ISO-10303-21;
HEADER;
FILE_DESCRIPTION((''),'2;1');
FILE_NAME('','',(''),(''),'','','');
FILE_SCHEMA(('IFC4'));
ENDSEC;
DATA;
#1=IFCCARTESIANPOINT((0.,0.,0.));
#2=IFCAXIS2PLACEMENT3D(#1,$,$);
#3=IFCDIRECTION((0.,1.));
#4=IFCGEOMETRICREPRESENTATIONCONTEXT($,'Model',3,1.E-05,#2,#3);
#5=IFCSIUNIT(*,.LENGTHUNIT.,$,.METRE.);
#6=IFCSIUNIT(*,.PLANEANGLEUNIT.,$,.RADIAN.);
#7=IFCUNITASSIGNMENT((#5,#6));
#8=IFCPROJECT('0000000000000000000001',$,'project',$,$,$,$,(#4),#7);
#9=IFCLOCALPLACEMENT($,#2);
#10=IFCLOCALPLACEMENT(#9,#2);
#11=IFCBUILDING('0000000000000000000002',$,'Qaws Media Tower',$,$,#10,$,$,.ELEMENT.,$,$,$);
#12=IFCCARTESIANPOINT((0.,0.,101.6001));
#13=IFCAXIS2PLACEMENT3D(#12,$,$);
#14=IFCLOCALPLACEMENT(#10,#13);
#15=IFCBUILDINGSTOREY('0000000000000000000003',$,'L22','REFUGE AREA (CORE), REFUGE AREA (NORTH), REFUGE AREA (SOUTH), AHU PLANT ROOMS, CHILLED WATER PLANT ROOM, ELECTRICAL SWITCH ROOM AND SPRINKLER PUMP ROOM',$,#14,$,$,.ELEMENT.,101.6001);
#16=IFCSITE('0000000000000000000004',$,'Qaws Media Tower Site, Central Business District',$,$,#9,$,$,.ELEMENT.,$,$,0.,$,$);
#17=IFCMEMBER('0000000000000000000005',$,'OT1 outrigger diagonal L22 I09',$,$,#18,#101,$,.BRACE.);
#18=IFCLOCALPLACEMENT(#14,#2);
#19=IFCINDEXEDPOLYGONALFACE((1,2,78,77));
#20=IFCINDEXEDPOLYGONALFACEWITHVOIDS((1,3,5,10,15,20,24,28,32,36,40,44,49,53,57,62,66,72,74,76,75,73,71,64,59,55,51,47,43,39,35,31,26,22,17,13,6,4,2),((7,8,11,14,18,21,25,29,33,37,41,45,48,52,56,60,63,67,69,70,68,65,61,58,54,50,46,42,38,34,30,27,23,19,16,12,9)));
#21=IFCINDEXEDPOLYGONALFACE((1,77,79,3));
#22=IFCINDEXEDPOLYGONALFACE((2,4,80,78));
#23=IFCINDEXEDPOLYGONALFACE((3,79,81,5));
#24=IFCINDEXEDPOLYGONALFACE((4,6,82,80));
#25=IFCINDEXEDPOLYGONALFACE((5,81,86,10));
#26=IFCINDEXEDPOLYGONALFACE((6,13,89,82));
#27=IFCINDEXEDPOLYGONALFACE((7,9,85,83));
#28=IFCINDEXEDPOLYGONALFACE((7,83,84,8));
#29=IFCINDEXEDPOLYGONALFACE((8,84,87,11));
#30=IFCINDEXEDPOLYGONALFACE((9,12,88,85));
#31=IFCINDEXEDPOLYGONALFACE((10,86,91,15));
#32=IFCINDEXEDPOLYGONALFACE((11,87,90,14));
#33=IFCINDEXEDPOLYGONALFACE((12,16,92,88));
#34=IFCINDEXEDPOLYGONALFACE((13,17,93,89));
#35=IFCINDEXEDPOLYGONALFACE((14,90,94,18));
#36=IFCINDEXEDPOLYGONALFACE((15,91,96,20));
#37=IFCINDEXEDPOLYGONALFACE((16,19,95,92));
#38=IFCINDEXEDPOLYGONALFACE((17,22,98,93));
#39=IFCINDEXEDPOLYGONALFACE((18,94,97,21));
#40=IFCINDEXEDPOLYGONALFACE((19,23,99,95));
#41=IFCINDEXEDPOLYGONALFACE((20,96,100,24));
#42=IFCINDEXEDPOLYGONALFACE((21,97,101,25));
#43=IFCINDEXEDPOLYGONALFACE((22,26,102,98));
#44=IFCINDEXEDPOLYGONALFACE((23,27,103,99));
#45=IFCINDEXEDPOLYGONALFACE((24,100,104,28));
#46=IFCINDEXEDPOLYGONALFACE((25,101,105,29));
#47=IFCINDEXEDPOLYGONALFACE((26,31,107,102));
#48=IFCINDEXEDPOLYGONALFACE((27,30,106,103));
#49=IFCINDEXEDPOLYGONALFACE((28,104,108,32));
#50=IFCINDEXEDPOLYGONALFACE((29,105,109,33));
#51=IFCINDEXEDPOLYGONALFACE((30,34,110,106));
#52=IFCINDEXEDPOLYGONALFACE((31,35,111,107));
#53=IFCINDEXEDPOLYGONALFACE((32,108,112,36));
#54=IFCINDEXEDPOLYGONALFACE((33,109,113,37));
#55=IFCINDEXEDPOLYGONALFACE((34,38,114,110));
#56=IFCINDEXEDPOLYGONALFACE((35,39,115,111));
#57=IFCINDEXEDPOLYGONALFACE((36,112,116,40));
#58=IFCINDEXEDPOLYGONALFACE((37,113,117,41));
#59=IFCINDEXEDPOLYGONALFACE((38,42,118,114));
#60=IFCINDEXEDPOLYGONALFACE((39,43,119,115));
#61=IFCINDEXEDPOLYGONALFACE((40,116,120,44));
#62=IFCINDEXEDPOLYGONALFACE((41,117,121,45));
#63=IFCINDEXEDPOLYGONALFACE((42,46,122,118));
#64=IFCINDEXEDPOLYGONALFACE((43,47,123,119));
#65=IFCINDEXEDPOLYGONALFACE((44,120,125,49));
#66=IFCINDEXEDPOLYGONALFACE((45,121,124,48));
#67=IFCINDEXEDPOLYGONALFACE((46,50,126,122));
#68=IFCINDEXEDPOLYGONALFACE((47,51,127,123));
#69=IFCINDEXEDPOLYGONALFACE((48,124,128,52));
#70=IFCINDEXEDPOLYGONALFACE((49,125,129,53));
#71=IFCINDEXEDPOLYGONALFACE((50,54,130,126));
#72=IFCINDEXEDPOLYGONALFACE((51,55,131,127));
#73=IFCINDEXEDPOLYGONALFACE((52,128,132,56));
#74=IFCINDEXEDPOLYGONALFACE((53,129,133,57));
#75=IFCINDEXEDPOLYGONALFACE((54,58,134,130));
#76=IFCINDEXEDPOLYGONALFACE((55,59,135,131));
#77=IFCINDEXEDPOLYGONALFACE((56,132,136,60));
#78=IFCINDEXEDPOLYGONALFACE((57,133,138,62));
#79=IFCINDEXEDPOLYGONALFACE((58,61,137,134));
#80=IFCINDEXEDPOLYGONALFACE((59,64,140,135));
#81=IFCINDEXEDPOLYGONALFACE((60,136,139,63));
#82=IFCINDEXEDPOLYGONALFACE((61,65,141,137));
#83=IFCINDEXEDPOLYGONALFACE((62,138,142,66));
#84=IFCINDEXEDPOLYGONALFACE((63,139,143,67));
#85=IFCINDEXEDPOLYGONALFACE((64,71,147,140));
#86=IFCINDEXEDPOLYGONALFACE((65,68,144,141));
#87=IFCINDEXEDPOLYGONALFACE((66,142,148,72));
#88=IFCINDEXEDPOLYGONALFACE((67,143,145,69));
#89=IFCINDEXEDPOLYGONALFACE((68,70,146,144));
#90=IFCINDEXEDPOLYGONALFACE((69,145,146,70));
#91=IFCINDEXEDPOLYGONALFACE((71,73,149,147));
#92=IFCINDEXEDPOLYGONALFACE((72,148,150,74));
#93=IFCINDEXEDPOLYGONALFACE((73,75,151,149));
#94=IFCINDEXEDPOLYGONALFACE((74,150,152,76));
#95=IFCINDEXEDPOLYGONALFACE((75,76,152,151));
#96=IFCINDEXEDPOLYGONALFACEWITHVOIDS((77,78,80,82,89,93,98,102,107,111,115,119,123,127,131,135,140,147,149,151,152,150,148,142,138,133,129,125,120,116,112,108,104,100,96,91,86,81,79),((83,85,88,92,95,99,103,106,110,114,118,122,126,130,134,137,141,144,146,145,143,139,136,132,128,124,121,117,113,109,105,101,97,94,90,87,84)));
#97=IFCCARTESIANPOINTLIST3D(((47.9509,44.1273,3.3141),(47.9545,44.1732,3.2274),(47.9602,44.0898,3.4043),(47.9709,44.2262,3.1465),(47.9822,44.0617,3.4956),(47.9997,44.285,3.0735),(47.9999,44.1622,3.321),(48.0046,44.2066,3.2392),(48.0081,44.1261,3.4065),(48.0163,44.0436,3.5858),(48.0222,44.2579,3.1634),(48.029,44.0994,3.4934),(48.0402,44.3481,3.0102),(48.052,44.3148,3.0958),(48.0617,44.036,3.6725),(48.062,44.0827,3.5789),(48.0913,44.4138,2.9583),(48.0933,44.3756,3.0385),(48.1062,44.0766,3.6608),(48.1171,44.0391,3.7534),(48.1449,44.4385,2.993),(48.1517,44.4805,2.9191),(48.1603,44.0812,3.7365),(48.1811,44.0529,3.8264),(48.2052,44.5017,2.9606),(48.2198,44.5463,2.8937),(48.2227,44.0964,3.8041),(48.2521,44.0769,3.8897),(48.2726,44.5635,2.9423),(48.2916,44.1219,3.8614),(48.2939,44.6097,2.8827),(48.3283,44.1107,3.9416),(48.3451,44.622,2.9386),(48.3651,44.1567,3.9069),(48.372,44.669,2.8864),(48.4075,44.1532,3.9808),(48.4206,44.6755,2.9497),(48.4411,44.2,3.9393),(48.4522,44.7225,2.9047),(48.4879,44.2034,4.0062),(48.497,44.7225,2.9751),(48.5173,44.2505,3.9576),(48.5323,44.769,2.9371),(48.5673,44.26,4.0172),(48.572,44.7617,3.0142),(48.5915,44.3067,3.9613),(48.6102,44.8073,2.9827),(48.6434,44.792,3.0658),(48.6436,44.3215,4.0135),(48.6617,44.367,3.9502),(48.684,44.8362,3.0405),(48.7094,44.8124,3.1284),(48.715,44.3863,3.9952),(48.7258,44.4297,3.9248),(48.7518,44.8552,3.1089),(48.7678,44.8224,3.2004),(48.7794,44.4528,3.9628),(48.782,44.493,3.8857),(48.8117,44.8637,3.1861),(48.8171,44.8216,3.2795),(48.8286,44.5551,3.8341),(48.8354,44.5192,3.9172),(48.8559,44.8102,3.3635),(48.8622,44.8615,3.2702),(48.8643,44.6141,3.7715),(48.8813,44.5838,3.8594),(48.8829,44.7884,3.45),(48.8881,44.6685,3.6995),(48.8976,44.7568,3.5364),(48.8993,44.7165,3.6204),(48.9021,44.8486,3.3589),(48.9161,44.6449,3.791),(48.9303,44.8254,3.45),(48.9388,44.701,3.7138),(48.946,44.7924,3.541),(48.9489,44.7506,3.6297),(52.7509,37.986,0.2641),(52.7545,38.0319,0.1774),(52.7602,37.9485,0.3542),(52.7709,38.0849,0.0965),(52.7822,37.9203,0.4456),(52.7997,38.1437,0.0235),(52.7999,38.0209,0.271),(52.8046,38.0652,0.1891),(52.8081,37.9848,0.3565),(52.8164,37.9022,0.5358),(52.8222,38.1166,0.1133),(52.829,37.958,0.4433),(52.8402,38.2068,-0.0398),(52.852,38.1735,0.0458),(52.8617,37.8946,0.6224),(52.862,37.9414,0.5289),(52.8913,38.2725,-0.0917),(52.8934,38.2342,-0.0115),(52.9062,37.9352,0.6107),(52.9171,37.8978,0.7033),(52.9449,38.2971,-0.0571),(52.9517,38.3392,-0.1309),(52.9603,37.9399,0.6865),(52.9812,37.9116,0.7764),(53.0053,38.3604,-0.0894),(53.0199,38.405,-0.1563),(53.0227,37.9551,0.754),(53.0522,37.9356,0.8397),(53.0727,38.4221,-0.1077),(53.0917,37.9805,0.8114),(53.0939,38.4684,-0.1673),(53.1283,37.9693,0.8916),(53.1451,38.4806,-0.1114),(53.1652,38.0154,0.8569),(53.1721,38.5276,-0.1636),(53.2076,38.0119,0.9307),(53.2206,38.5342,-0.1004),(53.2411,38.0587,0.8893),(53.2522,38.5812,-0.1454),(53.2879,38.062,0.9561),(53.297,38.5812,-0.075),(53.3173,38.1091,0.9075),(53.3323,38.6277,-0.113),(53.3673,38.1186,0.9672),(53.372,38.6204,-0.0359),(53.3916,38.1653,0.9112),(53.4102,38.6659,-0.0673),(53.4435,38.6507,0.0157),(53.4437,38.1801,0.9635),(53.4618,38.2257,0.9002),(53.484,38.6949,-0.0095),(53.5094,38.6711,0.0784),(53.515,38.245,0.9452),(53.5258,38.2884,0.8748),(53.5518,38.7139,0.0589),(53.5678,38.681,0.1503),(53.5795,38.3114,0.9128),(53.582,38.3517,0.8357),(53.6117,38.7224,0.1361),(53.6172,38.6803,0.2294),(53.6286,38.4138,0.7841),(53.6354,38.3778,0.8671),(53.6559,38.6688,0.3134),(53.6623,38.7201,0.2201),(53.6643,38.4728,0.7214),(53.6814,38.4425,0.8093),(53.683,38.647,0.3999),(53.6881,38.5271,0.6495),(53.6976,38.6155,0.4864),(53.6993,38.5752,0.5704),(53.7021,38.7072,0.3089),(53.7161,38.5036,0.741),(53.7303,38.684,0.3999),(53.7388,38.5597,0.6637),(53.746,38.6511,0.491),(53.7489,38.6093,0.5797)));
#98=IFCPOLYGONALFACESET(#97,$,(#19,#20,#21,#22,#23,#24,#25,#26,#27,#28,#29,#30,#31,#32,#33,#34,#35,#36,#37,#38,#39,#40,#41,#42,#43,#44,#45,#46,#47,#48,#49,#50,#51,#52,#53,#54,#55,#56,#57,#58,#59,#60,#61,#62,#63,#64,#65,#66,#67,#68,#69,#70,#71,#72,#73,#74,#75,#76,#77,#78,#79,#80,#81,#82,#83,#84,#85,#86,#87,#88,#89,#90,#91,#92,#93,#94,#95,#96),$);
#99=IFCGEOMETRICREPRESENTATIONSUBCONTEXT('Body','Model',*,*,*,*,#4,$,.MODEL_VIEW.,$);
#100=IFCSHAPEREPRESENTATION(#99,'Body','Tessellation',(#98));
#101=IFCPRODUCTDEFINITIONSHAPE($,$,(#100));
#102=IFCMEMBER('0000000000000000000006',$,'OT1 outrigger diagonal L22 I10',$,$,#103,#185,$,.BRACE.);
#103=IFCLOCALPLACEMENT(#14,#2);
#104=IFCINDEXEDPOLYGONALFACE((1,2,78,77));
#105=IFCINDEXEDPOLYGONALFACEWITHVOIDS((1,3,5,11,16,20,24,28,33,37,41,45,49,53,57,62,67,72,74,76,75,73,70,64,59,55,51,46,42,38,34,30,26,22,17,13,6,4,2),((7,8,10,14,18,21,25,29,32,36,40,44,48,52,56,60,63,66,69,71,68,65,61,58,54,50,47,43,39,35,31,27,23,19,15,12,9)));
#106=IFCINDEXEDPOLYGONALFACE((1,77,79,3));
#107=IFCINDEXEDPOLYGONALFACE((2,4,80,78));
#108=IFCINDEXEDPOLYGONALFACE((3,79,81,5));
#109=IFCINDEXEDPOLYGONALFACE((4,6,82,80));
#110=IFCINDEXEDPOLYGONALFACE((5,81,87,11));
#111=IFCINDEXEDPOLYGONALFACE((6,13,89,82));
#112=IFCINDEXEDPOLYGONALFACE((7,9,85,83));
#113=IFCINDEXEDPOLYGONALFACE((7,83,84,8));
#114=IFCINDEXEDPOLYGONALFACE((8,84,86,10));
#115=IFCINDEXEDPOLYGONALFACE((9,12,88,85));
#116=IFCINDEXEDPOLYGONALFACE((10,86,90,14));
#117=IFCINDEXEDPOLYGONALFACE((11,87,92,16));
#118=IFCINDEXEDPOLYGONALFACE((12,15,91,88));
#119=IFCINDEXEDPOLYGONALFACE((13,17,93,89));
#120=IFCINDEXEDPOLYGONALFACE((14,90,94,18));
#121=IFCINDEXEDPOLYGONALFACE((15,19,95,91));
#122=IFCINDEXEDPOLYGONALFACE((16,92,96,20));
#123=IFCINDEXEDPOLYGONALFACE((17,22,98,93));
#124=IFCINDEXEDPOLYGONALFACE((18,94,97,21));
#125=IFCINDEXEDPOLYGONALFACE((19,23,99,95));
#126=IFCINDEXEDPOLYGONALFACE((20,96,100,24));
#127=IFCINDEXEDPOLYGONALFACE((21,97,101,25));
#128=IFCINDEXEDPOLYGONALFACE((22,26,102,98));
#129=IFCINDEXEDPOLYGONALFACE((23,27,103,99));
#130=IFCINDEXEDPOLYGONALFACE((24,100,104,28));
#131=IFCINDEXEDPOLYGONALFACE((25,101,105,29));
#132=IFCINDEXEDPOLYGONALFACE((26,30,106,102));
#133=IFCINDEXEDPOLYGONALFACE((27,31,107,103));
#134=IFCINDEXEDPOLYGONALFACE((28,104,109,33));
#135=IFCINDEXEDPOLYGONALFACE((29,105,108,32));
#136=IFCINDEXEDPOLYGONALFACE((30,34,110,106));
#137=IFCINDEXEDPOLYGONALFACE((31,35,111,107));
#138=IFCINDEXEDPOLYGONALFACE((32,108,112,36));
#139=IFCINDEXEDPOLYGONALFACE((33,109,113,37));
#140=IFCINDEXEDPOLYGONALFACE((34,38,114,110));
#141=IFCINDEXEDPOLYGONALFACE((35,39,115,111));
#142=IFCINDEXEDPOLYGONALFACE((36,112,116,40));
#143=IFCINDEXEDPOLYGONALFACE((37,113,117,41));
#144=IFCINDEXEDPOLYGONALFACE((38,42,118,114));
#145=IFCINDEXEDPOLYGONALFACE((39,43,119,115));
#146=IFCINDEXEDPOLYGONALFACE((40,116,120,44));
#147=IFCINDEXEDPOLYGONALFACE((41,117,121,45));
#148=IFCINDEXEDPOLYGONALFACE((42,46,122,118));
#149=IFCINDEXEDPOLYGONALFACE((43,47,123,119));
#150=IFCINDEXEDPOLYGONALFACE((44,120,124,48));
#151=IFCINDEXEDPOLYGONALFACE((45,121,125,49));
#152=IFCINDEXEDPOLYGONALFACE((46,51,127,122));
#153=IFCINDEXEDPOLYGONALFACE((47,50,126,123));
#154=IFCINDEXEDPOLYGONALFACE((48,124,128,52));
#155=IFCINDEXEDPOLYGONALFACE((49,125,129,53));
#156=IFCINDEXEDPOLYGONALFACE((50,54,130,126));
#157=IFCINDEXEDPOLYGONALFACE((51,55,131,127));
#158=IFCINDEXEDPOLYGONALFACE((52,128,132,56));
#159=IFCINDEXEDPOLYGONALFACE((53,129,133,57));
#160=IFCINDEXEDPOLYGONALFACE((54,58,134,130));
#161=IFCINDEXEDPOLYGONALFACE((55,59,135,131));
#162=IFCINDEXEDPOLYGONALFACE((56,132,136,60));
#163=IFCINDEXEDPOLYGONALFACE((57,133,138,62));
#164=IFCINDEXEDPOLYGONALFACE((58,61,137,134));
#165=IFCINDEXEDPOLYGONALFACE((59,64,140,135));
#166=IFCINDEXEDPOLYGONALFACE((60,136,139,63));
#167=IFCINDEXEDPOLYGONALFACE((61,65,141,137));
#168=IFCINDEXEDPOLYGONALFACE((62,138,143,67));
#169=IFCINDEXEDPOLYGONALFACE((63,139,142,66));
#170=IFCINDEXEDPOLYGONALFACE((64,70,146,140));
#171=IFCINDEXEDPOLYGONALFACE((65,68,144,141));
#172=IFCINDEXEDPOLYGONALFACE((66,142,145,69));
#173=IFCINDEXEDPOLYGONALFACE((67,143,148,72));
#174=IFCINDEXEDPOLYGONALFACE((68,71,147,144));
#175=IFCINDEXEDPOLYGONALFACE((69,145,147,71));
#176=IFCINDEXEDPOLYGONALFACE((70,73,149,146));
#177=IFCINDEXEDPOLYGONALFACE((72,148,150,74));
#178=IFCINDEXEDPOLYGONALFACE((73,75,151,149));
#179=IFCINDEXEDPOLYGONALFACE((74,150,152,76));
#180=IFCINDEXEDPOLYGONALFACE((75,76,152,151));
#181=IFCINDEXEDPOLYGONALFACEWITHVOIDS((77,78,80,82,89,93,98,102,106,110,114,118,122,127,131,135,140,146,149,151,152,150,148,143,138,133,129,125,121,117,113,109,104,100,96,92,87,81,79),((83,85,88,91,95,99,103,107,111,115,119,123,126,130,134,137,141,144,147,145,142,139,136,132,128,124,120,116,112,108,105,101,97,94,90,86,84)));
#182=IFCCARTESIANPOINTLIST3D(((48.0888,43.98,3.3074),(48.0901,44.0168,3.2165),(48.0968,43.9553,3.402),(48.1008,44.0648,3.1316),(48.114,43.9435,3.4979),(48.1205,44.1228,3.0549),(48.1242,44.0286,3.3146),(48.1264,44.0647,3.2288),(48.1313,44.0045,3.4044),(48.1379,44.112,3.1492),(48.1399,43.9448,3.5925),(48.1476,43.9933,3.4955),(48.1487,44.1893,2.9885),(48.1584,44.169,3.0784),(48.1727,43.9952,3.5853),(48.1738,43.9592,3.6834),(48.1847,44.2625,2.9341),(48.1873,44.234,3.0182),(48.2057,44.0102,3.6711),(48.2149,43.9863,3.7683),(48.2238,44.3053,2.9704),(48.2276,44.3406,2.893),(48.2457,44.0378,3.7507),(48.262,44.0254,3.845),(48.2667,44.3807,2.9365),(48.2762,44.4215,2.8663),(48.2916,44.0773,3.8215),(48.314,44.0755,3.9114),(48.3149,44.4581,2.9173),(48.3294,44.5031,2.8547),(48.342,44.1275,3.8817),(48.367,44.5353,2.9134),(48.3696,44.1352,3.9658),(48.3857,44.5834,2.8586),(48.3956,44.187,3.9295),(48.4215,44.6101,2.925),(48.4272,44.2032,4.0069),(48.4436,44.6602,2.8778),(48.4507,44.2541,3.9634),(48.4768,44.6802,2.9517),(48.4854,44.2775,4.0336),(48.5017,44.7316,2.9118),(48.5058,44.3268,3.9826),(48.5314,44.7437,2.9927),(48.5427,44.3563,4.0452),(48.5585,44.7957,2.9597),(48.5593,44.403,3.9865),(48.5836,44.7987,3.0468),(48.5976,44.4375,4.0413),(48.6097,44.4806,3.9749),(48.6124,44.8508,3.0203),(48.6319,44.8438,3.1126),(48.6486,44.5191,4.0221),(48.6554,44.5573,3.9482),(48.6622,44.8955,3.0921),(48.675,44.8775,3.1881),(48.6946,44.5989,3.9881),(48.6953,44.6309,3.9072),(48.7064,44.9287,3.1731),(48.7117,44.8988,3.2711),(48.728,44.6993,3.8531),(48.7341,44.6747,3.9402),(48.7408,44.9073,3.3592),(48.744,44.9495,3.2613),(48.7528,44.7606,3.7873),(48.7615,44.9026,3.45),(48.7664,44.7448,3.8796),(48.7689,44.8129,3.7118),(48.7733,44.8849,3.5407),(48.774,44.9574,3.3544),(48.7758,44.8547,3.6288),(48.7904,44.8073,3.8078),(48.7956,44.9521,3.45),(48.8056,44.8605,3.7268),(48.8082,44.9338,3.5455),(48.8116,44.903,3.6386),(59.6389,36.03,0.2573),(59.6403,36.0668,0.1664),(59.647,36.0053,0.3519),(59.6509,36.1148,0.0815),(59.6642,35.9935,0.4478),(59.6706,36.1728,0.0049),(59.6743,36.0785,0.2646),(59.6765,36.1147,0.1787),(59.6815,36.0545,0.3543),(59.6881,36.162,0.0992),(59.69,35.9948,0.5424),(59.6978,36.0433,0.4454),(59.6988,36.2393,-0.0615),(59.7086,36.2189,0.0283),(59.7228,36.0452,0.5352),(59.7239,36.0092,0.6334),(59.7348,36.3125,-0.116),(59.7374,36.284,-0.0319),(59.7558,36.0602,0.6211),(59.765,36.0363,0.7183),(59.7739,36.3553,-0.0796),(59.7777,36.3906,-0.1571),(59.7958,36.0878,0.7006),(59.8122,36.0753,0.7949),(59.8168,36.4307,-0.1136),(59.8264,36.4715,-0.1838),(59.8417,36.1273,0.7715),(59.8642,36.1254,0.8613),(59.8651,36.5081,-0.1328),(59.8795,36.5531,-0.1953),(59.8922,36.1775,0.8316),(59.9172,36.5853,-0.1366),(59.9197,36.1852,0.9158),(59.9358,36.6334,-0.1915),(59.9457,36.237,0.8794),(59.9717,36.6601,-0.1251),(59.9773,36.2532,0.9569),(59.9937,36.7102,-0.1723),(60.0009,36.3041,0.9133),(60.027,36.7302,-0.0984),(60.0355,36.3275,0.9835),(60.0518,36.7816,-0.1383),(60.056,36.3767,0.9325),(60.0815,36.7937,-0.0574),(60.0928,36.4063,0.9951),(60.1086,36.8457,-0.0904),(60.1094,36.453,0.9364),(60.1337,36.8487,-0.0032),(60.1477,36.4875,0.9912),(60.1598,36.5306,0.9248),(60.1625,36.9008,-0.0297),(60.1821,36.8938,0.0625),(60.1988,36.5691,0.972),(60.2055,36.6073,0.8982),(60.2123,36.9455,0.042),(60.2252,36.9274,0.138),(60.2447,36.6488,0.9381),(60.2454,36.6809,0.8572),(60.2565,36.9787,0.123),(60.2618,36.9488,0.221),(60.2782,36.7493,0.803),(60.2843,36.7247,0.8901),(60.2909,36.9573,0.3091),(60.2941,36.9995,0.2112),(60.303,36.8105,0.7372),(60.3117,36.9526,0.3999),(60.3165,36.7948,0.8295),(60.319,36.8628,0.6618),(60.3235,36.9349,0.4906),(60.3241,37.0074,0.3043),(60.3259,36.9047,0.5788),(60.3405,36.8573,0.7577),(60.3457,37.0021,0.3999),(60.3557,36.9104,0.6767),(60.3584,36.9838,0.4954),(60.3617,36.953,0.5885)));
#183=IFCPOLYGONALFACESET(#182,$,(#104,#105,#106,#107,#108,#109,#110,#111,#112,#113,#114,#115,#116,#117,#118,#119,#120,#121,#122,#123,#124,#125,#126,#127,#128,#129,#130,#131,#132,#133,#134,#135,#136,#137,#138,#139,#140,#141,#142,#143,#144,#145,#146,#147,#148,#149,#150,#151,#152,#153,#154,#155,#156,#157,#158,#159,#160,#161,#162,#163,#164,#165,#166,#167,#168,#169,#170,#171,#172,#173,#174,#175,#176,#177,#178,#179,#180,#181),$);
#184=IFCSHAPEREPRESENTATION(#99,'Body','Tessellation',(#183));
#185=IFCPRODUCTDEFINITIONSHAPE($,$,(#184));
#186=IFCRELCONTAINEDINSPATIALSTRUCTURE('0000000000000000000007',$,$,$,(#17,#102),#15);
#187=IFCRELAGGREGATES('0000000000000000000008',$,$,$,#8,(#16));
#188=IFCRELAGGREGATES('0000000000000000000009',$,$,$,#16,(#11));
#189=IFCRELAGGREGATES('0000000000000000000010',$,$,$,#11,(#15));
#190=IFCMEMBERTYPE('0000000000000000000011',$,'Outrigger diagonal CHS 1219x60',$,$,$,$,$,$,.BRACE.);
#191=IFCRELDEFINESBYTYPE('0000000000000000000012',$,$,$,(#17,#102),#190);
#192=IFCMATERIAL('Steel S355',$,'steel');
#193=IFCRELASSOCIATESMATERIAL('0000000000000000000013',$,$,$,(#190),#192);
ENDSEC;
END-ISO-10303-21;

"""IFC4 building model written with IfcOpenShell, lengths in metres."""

from ifc_helpers import new_model, si_unit, direction, frame, origin, origin_2d, place, context, subcontext, project, spatial, hollow_circle, extrude, material, material_profile, profile_set, type_object, element, save


model = new_model("IFC4")

# Units and contexts
model_context = context("Model", 3, precision=1e-05, world=origin(), true_north=direction((0.0, 1.0)))
body_context = subcontext(model_context, "Body", "Model", "MODEL_VIEW")
ifc_project = project(units=[si_unit("LENGTHUNIT", "METRE"), si_unit("PLANEANGLEUNIT", "RADIAN")], contexts=[model_context])

# Site, building, storey
site_placement = place(None, origin())
site = spatial("IfcSite", under=ifc_project, at=site_placement, Name="Qaws Media Tower Site, Central Business District", CompositionType="ELEMENT", RefElevation=0.0)
building_placement = place(site_placement, origin())
building = spatial("IfcBuilding", under=site, at=building_placement, Name="Qaws Media Tower", CompositionType="ELEMENT")
storey_placement = place(building_placement, frame((0.0, 0.0, 101.6001)))
storey = spatial("IfcBuildingStorey", under=building, at=storey_placement, Name="L22", Description="REFUGE AREA (CORE), REFUGE AREA (NORTH), REFUGE AREA (SOUTH), AHU PLANT ROOMS, CHILLED WATER PLANT ROOM, ELECTRICAL SWITCH ROOM AND SPRINKLER PUMP ROOM", CompositionType="ELEMENT", Elevation=101.6001)

# Members
ifc_material_1 = material(Name="Steel S355", Category="steel")
ifc_material_profile_1 = material_profile(ifc_material_1, hollow_circle(Radius=0.6096, WallThickness=0.0601, at=origin_2d()), Name="CHS 1219x60")
ifc_profile_set_1 = profile_set([ifc_material_profile_1], Name="Steel S355")
member_type_1 = type_object("IfcMemberType", Name="Outrigger diagonal CHS 1219x60", PredefinedType="BRACE", material=ifc_profile_set_1)
member_1_placement = place(storey_placement, frame((48.45, 44.45, 3.45), z_axis=(0.573472, -0.733721, -0.364396), x_axis=(0.787893, 0.615812, 0.0)))
element("IfcMember", 1, at=member_1_placement, inside=storey, type_object=member_type_1, Name="OT1 outrigger diagonal L22 I09", PredefinedType="BRACE", context=body_context, shape_type="SweptSolid", body=[
    extrude(hollow_circle(Radius=0.6096, WallThickness=0.0601, at=origin_2d()), origin(), (0.0, 0.0, 1.0), 8.3701),
])
member_2_placement = place(storey_placement, frame((48.45, 44.45, 3.45), z_axis=(0.804909, -0.554023, -0.212554), x_axis=(0.566979, 0.823732, 0.0)))
element("IfcMember", 2, at=member_2_placement, inside=storey, type_object=member_type_1, Name="OT1 outrigger diagonal L22 I10", PredefinedType="BRACE", context=body_context, shape_type="SweptSolid", body=[
    extrude(hollow_circle(Radius=0.6096, WallThickness=0.0601, at=origin_2d()), origin(), (0.0, 0.0, 1.0), 14.3496),
])

save(model, "model.ifc")
